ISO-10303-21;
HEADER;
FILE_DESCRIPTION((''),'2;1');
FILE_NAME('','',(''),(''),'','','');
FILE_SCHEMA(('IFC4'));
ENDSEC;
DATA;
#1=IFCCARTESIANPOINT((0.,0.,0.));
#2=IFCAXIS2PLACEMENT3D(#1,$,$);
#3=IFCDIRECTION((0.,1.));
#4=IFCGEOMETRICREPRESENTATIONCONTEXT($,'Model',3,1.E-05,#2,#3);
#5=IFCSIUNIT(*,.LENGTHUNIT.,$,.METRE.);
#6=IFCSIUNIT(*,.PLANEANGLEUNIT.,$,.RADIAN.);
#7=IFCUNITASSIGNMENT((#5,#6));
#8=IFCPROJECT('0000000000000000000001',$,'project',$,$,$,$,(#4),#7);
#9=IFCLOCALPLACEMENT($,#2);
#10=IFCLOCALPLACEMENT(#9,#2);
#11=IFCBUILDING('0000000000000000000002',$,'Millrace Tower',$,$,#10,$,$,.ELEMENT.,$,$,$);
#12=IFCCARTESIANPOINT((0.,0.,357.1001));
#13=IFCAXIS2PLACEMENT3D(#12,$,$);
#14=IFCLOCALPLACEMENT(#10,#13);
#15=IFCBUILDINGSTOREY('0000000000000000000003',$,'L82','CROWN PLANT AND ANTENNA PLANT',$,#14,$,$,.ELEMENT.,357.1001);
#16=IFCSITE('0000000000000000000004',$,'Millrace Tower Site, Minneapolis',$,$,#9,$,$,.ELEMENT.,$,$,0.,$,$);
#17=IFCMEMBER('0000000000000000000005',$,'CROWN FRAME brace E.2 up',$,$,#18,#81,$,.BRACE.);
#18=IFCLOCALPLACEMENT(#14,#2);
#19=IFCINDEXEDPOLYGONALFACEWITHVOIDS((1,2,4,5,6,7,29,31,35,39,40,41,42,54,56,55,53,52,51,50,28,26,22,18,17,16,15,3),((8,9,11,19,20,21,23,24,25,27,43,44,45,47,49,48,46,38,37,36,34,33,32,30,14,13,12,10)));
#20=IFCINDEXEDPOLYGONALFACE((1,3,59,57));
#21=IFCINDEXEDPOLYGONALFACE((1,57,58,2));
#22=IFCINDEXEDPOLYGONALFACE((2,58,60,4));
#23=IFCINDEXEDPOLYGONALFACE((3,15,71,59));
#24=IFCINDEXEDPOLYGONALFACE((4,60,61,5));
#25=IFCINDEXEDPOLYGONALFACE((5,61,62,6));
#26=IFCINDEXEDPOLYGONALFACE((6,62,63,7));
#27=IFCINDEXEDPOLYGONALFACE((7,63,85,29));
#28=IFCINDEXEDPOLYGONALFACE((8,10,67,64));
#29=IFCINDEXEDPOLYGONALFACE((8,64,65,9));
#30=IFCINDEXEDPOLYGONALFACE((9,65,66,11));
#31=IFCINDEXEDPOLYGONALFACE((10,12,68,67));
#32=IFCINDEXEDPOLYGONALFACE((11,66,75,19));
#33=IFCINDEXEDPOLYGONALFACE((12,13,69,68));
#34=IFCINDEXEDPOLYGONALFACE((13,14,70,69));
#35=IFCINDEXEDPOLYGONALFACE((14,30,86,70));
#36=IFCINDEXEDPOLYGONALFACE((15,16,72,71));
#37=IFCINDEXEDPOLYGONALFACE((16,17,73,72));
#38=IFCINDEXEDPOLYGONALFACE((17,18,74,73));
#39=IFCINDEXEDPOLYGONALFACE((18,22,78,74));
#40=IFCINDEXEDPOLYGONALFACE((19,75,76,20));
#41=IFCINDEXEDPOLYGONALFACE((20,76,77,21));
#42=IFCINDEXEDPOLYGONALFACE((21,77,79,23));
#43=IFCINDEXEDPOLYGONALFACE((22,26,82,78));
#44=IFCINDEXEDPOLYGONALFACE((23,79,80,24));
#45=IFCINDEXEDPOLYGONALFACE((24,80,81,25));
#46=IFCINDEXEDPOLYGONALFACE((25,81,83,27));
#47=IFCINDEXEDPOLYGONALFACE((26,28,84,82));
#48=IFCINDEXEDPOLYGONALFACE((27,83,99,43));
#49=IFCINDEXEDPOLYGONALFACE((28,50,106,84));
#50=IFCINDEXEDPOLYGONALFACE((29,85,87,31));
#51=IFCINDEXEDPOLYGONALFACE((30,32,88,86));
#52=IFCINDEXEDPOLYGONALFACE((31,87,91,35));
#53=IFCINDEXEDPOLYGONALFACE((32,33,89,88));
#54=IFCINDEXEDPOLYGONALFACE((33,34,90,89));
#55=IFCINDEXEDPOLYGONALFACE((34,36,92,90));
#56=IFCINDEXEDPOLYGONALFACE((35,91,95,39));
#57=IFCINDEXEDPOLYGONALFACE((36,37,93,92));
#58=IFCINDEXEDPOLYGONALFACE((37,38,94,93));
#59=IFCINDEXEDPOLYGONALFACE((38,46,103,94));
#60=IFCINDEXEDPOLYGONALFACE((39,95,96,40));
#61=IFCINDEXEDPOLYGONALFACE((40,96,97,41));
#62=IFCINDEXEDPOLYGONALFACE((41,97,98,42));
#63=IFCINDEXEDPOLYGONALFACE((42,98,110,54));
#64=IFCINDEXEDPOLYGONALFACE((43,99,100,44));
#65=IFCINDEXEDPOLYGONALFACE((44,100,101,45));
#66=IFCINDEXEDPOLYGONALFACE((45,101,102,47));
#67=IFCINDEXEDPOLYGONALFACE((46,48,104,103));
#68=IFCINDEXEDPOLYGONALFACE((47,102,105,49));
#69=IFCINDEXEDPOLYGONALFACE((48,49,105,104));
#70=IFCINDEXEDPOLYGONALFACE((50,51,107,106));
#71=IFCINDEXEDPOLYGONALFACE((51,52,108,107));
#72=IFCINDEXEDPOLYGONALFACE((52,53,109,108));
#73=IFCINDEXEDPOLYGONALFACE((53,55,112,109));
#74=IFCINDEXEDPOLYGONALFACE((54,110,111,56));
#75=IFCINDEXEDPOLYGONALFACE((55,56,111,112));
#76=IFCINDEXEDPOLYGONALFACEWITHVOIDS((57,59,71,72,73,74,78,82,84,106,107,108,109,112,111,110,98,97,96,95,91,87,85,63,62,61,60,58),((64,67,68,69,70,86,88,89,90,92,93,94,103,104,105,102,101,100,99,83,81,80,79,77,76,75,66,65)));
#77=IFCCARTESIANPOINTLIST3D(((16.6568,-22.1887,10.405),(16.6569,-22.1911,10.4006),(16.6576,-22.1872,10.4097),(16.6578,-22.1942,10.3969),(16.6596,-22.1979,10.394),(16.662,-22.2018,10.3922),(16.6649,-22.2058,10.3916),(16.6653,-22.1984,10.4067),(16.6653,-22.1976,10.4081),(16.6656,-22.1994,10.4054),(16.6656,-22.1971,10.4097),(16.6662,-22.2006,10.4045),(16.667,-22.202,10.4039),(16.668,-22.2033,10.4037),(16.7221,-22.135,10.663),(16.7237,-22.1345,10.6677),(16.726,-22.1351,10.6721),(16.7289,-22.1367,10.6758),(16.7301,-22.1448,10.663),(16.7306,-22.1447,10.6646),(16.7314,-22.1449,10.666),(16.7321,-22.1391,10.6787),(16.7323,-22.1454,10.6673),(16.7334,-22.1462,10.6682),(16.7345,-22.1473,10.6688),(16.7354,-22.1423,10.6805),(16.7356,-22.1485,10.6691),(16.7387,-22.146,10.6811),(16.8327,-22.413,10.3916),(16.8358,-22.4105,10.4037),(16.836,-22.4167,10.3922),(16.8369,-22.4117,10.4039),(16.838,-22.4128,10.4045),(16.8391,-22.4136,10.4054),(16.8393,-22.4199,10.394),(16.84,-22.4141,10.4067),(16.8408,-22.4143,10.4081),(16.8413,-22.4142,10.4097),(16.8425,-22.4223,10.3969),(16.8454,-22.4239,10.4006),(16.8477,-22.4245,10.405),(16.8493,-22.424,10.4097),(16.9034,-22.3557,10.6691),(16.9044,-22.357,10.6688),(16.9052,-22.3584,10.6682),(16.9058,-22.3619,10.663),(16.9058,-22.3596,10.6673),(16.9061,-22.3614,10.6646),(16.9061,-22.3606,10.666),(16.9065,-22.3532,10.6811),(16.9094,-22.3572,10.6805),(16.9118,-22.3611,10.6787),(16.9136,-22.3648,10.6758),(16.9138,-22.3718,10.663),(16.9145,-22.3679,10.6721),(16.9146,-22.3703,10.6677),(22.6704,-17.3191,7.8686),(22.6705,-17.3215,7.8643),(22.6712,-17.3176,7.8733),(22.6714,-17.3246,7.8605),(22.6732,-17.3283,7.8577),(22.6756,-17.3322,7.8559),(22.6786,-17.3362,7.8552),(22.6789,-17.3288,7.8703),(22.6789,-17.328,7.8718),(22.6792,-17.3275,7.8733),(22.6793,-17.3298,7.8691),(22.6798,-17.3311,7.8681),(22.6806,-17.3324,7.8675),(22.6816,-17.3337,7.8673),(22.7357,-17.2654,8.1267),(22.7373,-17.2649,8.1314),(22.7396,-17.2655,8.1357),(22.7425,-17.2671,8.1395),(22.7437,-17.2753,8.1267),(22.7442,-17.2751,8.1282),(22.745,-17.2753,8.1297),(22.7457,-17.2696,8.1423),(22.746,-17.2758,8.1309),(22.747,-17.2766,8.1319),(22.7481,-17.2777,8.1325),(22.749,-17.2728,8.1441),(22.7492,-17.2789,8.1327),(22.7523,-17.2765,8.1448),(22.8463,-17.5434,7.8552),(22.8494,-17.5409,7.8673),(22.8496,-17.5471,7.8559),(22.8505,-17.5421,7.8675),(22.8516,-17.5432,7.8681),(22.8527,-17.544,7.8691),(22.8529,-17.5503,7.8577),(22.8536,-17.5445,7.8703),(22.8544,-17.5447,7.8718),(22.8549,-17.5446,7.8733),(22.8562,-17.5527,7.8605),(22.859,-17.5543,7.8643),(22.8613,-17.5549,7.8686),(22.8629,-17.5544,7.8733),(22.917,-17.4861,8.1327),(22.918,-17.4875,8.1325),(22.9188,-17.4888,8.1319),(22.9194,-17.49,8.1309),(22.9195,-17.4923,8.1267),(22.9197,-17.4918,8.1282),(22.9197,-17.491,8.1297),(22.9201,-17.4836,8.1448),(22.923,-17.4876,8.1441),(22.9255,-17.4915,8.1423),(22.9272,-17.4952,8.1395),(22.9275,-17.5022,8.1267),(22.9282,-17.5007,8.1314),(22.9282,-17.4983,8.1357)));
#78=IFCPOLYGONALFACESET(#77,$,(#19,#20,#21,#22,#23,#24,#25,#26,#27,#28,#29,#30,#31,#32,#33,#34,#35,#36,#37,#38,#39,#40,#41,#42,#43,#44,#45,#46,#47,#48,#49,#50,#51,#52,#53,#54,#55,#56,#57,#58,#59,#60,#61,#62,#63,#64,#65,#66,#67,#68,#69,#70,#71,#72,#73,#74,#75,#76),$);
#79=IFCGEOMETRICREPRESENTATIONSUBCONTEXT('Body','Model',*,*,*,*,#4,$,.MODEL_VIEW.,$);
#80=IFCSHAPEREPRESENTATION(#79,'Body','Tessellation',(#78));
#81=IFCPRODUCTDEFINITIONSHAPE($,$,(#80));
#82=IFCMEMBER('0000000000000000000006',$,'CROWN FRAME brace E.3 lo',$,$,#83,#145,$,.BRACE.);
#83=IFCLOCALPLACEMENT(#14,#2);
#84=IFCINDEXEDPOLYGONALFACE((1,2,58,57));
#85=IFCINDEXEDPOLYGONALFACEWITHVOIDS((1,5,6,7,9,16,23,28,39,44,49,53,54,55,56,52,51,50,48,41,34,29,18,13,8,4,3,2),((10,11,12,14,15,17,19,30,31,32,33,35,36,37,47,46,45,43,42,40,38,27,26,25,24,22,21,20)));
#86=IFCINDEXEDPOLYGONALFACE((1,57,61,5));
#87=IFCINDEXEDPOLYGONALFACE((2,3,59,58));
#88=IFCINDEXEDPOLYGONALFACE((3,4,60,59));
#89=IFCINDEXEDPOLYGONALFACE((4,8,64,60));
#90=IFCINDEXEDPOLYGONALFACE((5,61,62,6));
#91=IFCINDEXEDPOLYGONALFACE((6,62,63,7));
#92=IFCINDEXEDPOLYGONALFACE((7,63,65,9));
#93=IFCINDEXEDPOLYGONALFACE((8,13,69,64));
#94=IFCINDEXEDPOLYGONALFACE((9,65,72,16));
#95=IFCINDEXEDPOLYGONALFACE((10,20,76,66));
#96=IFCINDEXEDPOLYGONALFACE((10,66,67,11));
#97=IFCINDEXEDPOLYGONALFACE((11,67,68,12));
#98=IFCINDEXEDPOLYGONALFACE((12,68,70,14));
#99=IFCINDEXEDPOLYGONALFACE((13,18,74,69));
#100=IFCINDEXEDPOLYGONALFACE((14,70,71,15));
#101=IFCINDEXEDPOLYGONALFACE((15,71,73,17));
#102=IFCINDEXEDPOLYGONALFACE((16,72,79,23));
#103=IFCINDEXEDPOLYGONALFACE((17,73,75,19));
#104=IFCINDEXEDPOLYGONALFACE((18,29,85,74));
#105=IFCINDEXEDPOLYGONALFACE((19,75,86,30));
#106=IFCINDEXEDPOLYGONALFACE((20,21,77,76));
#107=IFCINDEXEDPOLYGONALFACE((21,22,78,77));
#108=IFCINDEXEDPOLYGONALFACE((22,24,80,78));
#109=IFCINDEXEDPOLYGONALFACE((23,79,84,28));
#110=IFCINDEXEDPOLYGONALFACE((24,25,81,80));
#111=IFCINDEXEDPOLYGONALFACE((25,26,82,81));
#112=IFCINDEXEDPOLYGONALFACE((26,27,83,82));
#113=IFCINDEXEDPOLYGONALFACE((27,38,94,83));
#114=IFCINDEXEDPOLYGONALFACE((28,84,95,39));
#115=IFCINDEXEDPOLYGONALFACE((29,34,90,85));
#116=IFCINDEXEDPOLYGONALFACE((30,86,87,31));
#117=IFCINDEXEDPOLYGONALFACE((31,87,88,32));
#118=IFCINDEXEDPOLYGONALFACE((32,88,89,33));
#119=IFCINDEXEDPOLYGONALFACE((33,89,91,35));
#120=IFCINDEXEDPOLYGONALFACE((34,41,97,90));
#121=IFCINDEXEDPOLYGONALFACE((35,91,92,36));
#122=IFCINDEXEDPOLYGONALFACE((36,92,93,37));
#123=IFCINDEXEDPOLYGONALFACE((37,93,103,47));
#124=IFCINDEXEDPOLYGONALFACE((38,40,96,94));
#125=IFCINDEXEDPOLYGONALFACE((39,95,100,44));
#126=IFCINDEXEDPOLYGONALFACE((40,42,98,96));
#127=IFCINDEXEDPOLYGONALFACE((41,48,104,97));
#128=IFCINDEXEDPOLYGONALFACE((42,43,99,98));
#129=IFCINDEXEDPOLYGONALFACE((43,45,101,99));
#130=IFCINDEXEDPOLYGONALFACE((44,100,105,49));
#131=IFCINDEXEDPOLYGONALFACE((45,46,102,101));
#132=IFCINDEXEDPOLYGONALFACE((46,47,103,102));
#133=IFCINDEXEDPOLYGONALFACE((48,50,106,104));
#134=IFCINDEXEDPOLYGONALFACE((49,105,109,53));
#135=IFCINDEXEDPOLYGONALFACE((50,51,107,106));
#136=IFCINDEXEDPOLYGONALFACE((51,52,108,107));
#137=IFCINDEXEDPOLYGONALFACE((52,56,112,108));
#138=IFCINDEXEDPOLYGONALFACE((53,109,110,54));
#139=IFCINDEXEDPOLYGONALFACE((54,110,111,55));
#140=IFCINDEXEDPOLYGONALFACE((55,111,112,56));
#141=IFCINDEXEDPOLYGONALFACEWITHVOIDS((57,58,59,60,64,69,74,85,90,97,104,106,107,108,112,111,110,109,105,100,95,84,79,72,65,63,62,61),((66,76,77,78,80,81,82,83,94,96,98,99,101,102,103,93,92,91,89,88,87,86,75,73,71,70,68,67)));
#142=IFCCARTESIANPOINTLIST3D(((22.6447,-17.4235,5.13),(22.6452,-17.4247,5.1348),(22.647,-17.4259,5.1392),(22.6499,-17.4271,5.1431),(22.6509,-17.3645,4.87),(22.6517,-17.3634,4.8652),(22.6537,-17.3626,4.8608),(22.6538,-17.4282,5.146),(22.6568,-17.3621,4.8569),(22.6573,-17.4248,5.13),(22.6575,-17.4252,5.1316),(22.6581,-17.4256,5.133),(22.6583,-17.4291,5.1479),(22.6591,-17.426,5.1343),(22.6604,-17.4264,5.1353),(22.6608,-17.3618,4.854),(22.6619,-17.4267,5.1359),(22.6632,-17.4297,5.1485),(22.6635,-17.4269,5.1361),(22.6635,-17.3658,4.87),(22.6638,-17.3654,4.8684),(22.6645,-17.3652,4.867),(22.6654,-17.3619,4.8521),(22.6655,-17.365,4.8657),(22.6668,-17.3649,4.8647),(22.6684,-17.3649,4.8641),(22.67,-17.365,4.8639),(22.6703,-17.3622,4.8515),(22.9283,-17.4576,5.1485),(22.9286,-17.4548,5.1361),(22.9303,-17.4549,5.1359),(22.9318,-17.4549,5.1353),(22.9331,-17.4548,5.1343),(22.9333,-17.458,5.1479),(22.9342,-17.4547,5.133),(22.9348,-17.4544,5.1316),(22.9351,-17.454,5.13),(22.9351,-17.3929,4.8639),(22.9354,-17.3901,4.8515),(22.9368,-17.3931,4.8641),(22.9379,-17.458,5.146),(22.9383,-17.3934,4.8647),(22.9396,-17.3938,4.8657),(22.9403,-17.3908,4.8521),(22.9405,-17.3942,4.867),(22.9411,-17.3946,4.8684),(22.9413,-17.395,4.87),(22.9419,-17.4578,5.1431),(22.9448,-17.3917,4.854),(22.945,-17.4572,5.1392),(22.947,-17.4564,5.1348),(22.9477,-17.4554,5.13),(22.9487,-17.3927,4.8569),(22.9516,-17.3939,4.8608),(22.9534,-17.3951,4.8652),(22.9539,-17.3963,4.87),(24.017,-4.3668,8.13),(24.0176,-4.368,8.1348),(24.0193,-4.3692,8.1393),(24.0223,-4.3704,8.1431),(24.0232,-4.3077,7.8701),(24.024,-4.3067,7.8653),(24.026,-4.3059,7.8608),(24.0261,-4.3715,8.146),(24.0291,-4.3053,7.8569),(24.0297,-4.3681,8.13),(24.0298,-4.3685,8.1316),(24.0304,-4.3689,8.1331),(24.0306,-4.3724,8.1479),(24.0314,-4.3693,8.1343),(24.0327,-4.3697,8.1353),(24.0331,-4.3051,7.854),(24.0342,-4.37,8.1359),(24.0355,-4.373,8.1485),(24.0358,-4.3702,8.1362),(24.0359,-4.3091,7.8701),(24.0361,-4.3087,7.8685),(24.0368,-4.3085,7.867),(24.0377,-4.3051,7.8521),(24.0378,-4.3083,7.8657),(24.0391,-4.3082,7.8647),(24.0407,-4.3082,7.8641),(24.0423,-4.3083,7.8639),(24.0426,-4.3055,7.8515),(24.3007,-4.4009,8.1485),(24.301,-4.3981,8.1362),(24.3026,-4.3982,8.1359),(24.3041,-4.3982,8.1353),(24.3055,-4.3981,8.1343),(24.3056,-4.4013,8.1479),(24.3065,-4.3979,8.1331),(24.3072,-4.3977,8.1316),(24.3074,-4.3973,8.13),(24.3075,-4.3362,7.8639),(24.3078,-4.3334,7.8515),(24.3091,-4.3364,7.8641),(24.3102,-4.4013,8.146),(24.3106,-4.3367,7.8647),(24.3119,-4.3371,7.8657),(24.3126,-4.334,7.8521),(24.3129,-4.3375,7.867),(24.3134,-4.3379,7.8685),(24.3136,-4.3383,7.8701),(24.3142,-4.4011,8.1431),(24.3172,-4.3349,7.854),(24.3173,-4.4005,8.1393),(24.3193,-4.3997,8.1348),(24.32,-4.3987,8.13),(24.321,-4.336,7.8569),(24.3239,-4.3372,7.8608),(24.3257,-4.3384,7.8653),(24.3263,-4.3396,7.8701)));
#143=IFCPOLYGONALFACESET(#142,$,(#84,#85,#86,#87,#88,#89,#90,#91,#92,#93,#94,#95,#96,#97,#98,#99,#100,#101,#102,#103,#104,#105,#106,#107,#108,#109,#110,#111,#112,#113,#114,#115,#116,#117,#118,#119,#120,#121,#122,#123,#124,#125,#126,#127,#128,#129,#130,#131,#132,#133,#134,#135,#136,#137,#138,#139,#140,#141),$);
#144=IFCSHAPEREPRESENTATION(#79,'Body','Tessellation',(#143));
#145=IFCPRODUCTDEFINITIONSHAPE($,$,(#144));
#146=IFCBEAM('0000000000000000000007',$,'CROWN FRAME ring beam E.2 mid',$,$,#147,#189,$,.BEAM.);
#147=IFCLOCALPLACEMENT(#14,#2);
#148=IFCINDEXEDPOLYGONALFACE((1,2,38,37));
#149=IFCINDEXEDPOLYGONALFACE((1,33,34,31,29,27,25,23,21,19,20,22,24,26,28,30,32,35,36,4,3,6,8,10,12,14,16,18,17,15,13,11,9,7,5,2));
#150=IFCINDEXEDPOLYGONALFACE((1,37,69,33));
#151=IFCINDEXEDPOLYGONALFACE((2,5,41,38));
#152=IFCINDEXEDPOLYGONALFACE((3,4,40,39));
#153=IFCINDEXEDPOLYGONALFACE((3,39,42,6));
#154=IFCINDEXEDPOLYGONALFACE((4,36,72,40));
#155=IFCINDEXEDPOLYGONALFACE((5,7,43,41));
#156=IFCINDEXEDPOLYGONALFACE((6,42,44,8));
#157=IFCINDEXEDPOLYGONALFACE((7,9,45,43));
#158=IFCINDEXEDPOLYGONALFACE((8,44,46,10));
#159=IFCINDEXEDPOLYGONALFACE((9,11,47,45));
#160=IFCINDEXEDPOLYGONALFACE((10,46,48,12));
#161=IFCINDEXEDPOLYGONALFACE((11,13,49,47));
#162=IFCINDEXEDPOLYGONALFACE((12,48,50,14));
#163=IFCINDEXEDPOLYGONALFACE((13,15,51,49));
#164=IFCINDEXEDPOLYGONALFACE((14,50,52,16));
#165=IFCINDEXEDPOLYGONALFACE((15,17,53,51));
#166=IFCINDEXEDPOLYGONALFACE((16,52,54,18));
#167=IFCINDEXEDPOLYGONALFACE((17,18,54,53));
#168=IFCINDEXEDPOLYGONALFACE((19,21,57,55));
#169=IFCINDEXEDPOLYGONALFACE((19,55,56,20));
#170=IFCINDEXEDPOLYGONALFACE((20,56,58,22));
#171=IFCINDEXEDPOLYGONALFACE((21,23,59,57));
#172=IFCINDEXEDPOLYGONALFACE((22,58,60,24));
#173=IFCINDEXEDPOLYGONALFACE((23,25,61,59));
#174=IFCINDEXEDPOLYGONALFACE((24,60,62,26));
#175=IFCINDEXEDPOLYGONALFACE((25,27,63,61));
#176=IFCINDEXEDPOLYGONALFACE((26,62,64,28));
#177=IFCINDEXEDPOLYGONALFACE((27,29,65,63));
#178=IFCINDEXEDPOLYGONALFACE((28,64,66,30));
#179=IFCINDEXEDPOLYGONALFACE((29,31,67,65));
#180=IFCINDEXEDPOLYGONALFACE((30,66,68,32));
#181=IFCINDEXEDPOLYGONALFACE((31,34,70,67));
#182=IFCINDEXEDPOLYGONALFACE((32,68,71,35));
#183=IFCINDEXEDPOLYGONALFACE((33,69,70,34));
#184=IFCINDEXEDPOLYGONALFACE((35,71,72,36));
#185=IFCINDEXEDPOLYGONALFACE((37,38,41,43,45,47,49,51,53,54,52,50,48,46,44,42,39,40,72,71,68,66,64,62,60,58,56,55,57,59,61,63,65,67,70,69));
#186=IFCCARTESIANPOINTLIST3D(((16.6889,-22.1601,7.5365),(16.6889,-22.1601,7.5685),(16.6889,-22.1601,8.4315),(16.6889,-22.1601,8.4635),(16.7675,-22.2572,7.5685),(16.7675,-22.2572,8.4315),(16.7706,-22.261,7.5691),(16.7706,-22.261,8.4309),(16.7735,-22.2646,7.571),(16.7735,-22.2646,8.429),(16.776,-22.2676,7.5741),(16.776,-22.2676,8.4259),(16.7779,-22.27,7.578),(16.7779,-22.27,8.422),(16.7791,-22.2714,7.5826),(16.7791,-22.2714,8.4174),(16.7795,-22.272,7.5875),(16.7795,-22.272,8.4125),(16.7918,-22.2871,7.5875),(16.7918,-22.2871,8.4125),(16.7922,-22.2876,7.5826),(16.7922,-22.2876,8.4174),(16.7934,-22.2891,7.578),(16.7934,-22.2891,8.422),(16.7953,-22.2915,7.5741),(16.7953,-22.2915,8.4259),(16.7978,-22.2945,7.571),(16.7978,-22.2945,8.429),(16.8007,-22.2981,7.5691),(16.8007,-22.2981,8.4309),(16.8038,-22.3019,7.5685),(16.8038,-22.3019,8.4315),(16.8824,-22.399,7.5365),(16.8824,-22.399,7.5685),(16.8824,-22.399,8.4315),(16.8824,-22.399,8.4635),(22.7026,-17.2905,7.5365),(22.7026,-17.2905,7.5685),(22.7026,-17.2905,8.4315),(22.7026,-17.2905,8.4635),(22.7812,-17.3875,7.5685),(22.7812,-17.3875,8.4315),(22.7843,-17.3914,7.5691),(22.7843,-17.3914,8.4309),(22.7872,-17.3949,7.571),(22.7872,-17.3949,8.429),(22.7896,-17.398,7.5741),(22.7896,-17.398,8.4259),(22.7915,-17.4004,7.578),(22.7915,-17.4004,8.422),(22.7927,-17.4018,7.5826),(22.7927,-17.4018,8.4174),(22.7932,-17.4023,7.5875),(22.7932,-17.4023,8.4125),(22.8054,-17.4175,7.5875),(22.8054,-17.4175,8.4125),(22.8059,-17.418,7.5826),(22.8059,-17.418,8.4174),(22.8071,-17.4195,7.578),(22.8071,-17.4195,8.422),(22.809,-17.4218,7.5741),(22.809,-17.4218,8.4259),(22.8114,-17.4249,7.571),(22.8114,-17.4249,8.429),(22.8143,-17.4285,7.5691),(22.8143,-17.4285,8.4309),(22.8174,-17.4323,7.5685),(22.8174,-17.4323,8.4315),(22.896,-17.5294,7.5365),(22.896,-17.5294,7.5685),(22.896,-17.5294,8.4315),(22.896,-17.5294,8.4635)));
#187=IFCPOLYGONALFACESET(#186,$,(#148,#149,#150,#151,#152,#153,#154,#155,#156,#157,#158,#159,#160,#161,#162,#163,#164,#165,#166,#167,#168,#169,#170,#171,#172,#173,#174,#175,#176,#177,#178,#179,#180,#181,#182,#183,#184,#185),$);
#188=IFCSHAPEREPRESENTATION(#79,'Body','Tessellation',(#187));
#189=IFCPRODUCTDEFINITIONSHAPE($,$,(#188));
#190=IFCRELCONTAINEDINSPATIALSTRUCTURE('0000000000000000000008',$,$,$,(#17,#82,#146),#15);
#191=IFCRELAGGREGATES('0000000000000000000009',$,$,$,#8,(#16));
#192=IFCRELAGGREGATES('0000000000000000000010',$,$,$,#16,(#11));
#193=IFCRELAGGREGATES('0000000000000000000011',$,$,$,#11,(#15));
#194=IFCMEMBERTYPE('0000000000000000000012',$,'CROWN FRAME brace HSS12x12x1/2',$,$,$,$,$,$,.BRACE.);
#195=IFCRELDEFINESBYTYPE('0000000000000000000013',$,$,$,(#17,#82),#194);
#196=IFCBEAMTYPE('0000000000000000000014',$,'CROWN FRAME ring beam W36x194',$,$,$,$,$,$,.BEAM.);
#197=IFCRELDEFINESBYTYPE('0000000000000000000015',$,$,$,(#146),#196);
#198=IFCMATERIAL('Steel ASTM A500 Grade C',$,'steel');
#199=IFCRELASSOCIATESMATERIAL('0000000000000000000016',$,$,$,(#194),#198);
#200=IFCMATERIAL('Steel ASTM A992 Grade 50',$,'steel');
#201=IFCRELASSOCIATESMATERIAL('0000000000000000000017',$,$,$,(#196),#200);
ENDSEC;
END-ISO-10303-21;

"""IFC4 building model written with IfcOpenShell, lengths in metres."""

from ifc_helpers import new_model, si_unit, direction, frame, origin, origin_2d, place, context, subcontext, project, spatial, hollow_rectangle, i_section, extrude, material, material_profile, profile_set, type_object, element, save


model = new_model("IFC4")

# Units and contexts
model_context = context("Model", 3, precision=1e-05, world=origin(), true_north=direction((0.0, 1.0)))
body_context = subcontext(model_context, "Body", "Model", "MODEL_VIEW")
ifc_project = project(units=[si_unit("LENGTHUNIT", "METRE"), si_unit("PLANEANGLEUNIT", "RADIAN")], contexts=[model_context])

# Site, building, storey
site_placement = place(None, origin())
site = spatial("IfcSite", under=ifc_project, at=site_placement, Name="Millrace Tower Site, Minneapolis", CompositionType="ELEMENT", RefElevation=0.0)
building_placement = place(site_placement, origin())
building = spatial("IfcBuilding", under=site, at=building_placement, Name="Millrace Tower", CompositionType="ELEMENT")
storey_placement = place(building_placement, frame((0.0, 0.0, 357.1001)))
storey = spatial("IfcBuildingStorey", under=building, at=storey_placement, Name="L82", Description="CROWN PLANT AND ANTENNA PLANT", CompositionType="ELEMENT", Elevation=357.1001)

# Members
ifc_material_1 = material(Name="Steel ASTM A500 Grade C", Category="steel")
ifc_material_profile_1 = material_profile(ifc_material_1, hollow_rectangle(XDim=0.3047, YDim=0.3047, WallThickness=0.0127, InnerFilletRadius=0.0063, OuterFilletRadius=0.019, at=origin_2d()))
ifc_profile_set_1 = profile_set([ifc_material_profile_1], Name="Steel ASTM A500 Grade C")
member_type_1 = type_object("IfcMemberType", Name="CROWN FRAME brace HSS12x12x1/2", PredefinedType="BRACE", material=ifc_profile_set_1)
member_1_placement = place(storey_placement, frame((22.7993, -17.4099, 8.0), z_axis=(-0.738495, -0.598004, 0.311474), x_axis=(0.629309, -0.777155, 0.0)))
element("IfcMember", 1, at=member_1_placement, inside=storey, type_object=member_type_1, Name="CROWN FRAME brace E.2 up", PredefinedType="BRACE", context=body_context, shape_type="SweptSolid", body=[
    extrude(hollow_rectangle(XDim=0.3047, YDim=0.3047, WallThickness=0.0127, InnerFilletRadius=0.0063, OuterFilletRadius=0.019, at=origin_2d()), origin(), (0.0, 0.0, 1.0), 8.1431),
])
member_2_placement = place(storey_placement, frame((22.7993, -17.4099, 5.0), z_axis=(0.101902, 0.969531, 0.222767), x_axis=(-0.994522, 0.104529, 0.0)))
element("IfcMember", 2, at=member_2_placement, inside=storey, type_object=member_type_1, Name="CROWN FRAME brace E.3 lo", PredefinedType="BRACE", context=body_context, shape_type="SweptSolid", body=[
    extrude(hollow_rectangle(XDim=0.3047, YDim=0.3047, WallThickness=0.0127, InnerFilletRadius=0.0063, OuterFilletRadius=0.019, at=origin_2d()), origin(), (0.0, 0.0, 1.0), 13.467),
])

# Beam
ifc_material_2 = material(Name="Steel ASTM A992 Grade 50", Category="steel")
ifc_material_profile_2 = material_profile(ifc_material_2, i_section(OverallWidth=0.3074, OverallDepth=0.927, WebThickness=0.0195, FlangeThickness=0.032, FilletRadius=0.019, at=origin_2d()))
ifc_profile_set_2 = profile_set([ifc_material_profile_2], Name="Steel ASTM A992 Grade 50")
beam_type_1 = type_object("IfcBeamType", Name="CROWN FRAME ring beam W36x194", PredefinedType="BEAM", material=ifc_profile_set_2)
for number, where, z_axis, x_axis, name in (
    (3, (16.7856, -22.2795, 8.0), (0.777155, 0.629309, 0.0), (-0.629309, 0.777155, 0.0), "CROWN FRAME ring beam E.2 mid"),
):
    element("IfcBeam", number, at=place(storey_placement, frame(where, z_axis=z_axis, x_axis=x_axis)), inside=storey, type_object=beam_type_1, Name=name, PredefinedType="BEAM", context=body_context, shape_type="SweptSolid", body=[
        extrude(i_section(OverallWidth=0.3074, OverallDepth=0.927, WebThickness=0.0195, FlangeThickness=0.032, FilletRadius=0.019, at=origin_2d()), origin(), (0.0, 0.0, 1.0), 7.738),
    ])

save(model, "model.ifc")
